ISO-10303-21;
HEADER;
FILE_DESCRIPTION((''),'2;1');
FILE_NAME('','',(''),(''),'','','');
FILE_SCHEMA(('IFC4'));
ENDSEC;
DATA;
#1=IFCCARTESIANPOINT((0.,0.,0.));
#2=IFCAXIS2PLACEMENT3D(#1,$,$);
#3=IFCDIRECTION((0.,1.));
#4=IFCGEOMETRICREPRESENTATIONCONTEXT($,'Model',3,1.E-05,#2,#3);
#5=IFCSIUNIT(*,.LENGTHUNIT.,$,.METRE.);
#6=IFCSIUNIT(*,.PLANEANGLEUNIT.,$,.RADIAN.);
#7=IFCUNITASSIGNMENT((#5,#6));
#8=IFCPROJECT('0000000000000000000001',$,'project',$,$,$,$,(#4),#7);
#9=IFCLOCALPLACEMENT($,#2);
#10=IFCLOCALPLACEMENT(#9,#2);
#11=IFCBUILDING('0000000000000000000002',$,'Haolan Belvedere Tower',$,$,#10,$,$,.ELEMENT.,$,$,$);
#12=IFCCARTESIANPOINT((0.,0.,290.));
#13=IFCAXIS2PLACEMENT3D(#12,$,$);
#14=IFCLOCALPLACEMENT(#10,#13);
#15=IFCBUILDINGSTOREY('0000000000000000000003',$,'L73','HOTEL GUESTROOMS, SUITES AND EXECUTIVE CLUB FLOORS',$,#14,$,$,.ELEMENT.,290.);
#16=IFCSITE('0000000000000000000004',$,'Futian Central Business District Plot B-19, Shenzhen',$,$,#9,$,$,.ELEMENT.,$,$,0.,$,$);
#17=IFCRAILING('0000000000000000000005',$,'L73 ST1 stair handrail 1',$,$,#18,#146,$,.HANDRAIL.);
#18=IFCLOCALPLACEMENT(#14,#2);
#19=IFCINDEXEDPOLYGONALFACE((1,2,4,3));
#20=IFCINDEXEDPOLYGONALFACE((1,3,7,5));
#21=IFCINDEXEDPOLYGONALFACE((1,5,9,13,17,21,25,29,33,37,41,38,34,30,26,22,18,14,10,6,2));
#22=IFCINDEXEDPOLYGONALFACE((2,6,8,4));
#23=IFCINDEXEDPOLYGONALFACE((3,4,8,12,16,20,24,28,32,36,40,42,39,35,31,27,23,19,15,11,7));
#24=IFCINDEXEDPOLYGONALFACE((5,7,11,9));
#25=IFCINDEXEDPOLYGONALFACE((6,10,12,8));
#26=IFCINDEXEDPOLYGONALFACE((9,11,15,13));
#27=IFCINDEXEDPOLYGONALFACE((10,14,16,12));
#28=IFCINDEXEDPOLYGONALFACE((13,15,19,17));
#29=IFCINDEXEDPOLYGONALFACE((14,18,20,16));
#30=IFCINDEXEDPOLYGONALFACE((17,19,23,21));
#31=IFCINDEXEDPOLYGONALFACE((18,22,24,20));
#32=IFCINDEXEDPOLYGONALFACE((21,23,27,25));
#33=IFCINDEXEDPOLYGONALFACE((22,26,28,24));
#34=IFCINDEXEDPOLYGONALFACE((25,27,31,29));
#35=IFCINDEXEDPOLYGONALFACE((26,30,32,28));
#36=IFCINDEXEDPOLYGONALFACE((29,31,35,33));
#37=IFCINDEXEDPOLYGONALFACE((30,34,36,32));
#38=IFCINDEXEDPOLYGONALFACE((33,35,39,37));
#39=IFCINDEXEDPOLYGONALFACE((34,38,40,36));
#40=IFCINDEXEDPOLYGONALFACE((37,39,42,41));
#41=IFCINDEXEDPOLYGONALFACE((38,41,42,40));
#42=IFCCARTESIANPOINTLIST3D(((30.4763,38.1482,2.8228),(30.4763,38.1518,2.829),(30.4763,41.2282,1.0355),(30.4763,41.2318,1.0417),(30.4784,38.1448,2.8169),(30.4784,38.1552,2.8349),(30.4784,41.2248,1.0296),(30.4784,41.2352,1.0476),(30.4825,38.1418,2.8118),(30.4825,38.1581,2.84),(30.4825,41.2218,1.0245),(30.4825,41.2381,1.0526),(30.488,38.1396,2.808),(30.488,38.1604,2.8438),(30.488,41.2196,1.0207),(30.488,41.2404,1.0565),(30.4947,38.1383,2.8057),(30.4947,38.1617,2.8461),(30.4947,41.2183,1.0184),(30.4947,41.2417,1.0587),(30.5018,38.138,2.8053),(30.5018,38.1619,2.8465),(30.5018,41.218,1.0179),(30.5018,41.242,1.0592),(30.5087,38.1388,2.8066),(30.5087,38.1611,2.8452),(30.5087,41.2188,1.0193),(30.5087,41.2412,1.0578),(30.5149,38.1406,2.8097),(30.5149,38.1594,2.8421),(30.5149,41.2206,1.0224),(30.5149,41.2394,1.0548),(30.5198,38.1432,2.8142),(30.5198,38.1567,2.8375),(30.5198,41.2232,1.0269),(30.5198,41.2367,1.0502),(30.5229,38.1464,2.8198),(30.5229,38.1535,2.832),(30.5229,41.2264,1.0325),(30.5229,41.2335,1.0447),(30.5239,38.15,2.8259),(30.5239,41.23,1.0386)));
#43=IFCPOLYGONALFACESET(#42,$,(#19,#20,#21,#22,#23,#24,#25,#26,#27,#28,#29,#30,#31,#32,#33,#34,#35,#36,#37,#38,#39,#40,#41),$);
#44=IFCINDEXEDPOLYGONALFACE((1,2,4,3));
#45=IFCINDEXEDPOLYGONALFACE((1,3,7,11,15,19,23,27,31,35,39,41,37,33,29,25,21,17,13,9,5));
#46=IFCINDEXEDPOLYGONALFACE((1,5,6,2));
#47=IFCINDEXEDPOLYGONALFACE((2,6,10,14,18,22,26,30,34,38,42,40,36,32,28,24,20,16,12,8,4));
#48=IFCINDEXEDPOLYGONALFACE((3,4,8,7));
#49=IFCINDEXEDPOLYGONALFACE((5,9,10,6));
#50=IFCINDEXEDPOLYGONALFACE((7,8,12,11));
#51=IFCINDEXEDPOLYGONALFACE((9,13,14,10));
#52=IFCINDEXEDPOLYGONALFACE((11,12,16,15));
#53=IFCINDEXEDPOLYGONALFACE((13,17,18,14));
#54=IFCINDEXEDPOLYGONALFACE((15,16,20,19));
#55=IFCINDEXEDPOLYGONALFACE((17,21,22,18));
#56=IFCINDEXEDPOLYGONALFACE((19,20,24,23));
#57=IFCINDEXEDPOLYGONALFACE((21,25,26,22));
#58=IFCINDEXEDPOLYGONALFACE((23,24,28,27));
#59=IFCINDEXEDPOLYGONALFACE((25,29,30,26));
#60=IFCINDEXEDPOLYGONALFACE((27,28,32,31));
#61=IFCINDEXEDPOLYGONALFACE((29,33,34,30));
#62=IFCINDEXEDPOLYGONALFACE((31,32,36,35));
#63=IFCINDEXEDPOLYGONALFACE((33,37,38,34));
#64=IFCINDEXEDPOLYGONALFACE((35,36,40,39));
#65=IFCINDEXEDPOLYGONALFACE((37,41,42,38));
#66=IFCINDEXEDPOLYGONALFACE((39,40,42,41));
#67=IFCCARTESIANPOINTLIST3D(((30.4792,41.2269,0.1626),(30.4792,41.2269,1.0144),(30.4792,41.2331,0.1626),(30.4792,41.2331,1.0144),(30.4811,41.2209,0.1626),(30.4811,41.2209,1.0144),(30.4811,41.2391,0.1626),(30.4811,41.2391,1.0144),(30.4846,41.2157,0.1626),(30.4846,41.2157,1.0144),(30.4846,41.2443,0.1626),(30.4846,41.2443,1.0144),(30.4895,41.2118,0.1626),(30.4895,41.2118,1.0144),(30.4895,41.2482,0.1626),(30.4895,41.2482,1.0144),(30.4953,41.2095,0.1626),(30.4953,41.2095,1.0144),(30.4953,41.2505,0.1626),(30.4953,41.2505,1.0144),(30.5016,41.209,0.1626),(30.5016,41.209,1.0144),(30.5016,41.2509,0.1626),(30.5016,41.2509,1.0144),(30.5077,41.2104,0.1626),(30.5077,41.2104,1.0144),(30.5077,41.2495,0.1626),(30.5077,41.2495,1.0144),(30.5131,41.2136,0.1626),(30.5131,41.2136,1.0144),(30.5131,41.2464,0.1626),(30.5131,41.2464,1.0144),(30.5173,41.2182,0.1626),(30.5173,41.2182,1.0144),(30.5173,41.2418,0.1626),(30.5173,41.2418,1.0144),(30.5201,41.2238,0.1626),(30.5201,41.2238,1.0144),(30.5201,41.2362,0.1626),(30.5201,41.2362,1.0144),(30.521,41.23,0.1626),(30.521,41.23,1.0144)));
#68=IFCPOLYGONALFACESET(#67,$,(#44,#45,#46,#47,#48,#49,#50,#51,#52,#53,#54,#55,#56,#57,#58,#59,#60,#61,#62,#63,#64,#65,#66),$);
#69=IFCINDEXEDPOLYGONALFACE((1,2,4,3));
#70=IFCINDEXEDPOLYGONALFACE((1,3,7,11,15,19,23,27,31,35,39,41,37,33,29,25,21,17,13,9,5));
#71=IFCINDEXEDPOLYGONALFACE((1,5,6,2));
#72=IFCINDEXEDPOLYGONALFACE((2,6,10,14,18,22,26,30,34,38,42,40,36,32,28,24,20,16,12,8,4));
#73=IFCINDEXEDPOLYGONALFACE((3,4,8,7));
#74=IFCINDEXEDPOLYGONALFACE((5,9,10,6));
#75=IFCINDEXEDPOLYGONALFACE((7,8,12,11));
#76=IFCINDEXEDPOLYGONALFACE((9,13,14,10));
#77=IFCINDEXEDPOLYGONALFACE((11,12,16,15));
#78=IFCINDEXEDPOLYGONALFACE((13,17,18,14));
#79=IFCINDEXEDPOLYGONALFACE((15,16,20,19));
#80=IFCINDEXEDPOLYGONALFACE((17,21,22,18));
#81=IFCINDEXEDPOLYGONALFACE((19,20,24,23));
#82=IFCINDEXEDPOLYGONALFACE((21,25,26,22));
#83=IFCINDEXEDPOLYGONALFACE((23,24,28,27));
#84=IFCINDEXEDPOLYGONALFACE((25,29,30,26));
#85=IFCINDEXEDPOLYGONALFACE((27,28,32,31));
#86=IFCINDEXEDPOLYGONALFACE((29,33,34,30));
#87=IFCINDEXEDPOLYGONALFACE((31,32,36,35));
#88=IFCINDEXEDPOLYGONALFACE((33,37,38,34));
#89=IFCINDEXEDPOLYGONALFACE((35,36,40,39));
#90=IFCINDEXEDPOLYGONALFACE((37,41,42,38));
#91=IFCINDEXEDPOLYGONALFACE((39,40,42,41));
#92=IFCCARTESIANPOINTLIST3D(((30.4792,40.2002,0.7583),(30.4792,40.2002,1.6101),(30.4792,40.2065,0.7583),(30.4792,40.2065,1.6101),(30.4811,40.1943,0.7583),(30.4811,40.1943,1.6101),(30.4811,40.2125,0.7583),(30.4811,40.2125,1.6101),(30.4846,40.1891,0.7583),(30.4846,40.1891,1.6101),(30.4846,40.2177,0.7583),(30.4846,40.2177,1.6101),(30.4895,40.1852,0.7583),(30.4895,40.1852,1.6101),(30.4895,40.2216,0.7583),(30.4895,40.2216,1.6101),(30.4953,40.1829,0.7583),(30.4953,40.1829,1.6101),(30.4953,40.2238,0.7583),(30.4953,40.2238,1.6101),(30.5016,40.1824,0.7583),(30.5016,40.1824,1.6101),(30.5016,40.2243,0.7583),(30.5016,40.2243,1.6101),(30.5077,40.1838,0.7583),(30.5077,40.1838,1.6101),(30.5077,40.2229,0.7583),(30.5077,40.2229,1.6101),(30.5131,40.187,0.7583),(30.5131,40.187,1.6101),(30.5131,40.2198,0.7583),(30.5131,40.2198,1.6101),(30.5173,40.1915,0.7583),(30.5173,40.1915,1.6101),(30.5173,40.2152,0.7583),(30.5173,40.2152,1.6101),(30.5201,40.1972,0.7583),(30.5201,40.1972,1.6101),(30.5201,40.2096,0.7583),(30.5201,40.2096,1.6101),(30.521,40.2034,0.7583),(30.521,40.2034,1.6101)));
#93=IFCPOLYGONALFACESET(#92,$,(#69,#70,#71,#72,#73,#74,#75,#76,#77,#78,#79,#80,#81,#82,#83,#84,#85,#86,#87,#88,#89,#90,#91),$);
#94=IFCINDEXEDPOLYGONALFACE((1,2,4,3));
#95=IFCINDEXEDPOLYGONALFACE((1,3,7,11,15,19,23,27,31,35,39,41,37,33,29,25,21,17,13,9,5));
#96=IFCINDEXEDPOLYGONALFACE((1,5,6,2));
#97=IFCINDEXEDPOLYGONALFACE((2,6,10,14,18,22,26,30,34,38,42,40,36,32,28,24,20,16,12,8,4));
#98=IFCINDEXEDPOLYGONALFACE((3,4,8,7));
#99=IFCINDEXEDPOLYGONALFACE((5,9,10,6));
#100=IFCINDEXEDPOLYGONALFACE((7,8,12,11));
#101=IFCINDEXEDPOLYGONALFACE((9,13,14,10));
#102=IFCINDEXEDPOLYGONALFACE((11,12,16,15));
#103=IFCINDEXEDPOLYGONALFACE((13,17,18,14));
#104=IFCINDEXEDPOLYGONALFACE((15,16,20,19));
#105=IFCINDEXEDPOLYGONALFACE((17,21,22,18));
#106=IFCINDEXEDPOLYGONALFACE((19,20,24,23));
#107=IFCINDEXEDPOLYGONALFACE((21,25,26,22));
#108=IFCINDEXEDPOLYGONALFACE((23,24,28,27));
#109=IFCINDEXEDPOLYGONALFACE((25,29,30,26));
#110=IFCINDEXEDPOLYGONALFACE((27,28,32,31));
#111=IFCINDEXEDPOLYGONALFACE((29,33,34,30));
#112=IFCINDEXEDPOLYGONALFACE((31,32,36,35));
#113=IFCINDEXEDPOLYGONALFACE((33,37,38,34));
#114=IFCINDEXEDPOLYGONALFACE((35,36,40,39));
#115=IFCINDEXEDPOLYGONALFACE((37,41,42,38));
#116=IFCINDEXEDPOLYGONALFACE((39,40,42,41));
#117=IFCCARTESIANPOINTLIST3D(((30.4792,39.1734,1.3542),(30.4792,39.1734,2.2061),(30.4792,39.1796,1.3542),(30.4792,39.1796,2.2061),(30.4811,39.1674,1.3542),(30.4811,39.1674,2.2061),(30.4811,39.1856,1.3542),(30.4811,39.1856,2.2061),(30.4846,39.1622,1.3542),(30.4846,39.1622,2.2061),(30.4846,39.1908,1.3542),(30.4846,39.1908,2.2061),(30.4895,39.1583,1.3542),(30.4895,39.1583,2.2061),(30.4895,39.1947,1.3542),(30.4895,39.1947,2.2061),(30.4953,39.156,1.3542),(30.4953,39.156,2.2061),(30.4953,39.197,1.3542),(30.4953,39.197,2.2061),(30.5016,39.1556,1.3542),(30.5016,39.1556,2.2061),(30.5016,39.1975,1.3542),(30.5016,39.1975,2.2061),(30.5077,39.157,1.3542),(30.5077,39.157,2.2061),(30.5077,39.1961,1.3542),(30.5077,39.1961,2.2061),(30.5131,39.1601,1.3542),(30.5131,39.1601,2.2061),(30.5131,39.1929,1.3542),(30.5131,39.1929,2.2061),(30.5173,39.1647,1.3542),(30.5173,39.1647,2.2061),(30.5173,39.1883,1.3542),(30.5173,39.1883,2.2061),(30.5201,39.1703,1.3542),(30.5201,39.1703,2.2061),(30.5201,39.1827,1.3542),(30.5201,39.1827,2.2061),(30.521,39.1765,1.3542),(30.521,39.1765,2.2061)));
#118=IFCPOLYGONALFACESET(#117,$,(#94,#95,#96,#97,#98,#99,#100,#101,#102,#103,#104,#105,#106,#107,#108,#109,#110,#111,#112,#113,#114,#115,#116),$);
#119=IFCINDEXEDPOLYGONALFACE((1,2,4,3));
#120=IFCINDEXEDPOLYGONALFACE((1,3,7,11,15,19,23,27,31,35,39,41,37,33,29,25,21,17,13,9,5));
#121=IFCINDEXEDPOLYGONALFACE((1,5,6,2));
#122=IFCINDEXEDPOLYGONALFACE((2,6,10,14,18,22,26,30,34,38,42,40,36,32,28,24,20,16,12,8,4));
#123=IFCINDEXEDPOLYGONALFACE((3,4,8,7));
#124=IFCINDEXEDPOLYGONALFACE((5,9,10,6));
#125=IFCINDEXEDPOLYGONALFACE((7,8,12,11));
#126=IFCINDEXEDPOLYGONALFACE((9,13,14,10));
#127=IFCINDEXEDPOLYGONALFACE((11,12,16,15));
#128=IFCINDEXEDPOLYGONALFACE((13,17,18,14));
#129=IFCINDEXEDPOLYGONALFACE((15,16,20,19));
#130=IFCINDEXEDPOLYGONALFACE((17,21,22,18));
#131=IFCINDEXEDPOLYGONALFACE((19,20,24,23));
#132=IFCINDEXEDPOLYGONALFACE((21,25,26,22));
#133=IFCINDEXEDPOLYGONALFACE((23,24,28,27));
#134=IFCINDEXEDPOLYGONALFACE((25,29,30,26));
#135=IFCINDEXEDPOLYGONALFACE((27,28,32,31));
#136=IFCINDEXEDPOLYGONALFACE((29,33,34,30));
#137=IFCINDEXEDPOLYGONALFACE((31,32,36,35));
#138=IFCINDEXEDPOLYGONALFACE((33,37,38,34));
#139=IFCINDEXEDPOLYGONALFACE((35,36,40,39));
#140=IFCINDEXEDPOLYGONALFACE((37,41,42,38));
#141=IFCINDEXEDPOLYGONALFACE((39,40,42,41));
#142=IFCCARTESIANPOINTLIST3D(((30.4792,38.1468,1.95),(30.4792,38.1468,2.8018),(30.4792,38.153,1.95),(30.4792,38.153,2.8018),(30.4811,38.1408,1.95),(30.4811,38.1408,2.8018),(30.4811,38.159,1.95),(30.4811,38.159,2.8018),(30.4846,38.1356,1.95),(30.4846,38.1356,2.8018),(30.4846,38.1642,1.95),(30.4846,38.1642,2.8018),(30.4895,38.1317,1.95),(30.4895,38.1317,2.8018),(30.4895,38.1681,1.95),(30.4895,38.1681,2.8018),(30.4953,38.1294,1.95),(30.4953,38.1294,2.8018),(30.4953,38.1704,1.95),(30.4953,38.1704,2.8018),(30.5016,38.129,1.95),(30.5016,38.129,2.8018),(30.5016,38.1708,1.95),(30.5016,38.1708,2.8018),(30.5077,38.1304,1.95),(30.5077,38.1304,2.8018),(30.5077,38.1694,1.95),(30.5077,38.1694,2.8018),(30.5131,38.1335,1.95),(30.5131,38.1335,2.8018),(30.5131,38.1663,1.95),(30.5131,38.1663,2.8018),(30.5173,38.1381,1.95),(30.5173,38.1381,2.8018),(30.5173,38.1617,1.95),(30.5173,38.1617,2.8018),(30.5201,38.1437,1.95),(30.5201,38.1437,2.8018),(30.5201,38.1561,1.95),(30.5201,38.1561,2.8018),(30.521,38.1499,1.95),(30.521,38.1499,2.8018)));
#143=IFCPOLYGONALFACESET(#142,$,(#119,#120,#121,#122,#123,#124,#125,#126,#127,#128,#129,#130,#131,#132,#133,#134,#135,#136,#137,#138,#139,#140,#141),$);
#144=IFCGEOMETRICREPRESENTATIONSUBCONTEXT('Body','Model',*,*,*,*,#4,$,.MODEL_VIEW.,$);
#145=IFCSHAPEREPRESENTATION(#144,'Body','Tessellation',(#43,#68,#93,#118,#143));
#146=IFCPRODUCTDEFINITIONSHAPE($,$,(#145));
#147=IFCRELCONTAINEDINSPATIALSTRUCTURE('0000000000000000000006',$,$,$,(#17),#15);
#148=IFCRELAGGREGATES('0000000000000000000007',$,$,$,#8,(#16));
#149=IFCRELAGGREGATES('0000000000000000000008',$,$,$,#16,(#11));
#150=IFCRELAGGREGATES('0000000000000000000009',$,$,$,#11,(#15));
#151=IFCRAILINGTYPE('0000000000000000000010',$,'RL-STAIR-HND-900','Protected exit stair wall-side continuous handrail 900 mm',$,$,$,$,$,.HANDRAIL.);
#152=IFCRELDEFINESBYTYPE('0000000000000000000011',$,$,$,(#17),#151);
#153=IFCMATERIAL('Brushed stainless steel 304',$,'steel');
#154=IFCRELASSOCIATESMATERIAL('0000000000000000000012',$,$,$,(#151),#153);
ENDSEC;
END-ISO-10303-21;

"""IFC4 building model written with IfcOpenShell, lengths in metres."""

from ifc_helpers import new_model, si_unit, direction, frame, origin, origin_2d, place, context, subcontext, project, spatial, circle, extrude, material, type_object, element, save


model = new_model("IFC4")

# Units and contexts
model_context = context("Model", 3, precision=1e-05, world=origin(), true_north=direction((0.0, 1.0)))
body_context = subcontext(model_context, "Body", "Model", "MODEL_VIEW")
ifc_project = project(units=[si_unit("LENGTHUNIT", "METRE"), si_unit("PLANEANGLEUNIT", "RADIAN")], contexts=[model_context])

# Site, building, storey
site_placement = place(None, origin())
site = spatial("IfcSite", under=ifc_project, at=site_placement, Name="Futian Central Business District Plot B-19, Shenzhen", CompositionType="ELEMENT", RefElevation=0.0)
building_placement = place(site_placement, origin())
building = spatial("IfcBuilding", under=site, at=building_placement, Name="Haolan Belvedere Tower", CompositionType="ELEMENT")
storey_placement = place(building_placement, frame((0.0, 0.0, 290.0)))
storey = spatial("IfcBuildingStorey", under=building, at=storey_placement, Name="L73", Description="HOTEL GUESTROOMS, SUITES AND EXECUTIVE CLUB FLOORS", CompositionType="ELEMENT", Elevation=290.0)

# Railing
ifc_material_1 = material(Name="Brushed stainless steel 304", Category="steel")
railing_type_1 = type_object("IfcRailingType", Name="RL-STAIR-HND-900", Description="Protected exit stair wall-side continuous handrail 900 mm", PredefinedType="HANDRAIL", material=ifc_material_1)
railing_1_placement = place(storey_placement, frame((30.5, 41.23, 0.1626)))
element("IfcRailing", 1, at=railing_1_placement, inside=storey, type_object=railing_type_1, Name="L73 ST1 stair handrail 1", PredefinedType="HANDRAIL", context=body_context, shape_type="SweptSolid", body=[
    extrude(circle(Radius=0.0239, at=origin_2d()), frame((0.0, 0.0, 0.876), z_axis=(0.0, -0.86492, 0.501909), x_axis=(1.0, 0.0, 0.0)), (0.0, 0.0, 1.0), 3.561),
    extrude(circle(Radius=0.021, at=origin_2d()), origin(), (0.0, 0.0, 1.0), 0.8518),
    extrude(circle(Radius=0.021, at=origin_2d()), frame((0.0, -1.0266, 0.5957)), (0.0, 0.0, 1.0), 0.8518),
    extrude(circle(Radius=0.021, at=origin_2d()), frame((0.0, -2.0535, 1.1917)), (0.0, 0.0, 1.0), 0.8518),
    extrude(circle(Radius=0.021, at=origin_2d()), frame((0.0, -3.0801, 1.7874)), (0.0, 0.0, 1.0), 0.8518),
])

save(model, "model.ifc")
